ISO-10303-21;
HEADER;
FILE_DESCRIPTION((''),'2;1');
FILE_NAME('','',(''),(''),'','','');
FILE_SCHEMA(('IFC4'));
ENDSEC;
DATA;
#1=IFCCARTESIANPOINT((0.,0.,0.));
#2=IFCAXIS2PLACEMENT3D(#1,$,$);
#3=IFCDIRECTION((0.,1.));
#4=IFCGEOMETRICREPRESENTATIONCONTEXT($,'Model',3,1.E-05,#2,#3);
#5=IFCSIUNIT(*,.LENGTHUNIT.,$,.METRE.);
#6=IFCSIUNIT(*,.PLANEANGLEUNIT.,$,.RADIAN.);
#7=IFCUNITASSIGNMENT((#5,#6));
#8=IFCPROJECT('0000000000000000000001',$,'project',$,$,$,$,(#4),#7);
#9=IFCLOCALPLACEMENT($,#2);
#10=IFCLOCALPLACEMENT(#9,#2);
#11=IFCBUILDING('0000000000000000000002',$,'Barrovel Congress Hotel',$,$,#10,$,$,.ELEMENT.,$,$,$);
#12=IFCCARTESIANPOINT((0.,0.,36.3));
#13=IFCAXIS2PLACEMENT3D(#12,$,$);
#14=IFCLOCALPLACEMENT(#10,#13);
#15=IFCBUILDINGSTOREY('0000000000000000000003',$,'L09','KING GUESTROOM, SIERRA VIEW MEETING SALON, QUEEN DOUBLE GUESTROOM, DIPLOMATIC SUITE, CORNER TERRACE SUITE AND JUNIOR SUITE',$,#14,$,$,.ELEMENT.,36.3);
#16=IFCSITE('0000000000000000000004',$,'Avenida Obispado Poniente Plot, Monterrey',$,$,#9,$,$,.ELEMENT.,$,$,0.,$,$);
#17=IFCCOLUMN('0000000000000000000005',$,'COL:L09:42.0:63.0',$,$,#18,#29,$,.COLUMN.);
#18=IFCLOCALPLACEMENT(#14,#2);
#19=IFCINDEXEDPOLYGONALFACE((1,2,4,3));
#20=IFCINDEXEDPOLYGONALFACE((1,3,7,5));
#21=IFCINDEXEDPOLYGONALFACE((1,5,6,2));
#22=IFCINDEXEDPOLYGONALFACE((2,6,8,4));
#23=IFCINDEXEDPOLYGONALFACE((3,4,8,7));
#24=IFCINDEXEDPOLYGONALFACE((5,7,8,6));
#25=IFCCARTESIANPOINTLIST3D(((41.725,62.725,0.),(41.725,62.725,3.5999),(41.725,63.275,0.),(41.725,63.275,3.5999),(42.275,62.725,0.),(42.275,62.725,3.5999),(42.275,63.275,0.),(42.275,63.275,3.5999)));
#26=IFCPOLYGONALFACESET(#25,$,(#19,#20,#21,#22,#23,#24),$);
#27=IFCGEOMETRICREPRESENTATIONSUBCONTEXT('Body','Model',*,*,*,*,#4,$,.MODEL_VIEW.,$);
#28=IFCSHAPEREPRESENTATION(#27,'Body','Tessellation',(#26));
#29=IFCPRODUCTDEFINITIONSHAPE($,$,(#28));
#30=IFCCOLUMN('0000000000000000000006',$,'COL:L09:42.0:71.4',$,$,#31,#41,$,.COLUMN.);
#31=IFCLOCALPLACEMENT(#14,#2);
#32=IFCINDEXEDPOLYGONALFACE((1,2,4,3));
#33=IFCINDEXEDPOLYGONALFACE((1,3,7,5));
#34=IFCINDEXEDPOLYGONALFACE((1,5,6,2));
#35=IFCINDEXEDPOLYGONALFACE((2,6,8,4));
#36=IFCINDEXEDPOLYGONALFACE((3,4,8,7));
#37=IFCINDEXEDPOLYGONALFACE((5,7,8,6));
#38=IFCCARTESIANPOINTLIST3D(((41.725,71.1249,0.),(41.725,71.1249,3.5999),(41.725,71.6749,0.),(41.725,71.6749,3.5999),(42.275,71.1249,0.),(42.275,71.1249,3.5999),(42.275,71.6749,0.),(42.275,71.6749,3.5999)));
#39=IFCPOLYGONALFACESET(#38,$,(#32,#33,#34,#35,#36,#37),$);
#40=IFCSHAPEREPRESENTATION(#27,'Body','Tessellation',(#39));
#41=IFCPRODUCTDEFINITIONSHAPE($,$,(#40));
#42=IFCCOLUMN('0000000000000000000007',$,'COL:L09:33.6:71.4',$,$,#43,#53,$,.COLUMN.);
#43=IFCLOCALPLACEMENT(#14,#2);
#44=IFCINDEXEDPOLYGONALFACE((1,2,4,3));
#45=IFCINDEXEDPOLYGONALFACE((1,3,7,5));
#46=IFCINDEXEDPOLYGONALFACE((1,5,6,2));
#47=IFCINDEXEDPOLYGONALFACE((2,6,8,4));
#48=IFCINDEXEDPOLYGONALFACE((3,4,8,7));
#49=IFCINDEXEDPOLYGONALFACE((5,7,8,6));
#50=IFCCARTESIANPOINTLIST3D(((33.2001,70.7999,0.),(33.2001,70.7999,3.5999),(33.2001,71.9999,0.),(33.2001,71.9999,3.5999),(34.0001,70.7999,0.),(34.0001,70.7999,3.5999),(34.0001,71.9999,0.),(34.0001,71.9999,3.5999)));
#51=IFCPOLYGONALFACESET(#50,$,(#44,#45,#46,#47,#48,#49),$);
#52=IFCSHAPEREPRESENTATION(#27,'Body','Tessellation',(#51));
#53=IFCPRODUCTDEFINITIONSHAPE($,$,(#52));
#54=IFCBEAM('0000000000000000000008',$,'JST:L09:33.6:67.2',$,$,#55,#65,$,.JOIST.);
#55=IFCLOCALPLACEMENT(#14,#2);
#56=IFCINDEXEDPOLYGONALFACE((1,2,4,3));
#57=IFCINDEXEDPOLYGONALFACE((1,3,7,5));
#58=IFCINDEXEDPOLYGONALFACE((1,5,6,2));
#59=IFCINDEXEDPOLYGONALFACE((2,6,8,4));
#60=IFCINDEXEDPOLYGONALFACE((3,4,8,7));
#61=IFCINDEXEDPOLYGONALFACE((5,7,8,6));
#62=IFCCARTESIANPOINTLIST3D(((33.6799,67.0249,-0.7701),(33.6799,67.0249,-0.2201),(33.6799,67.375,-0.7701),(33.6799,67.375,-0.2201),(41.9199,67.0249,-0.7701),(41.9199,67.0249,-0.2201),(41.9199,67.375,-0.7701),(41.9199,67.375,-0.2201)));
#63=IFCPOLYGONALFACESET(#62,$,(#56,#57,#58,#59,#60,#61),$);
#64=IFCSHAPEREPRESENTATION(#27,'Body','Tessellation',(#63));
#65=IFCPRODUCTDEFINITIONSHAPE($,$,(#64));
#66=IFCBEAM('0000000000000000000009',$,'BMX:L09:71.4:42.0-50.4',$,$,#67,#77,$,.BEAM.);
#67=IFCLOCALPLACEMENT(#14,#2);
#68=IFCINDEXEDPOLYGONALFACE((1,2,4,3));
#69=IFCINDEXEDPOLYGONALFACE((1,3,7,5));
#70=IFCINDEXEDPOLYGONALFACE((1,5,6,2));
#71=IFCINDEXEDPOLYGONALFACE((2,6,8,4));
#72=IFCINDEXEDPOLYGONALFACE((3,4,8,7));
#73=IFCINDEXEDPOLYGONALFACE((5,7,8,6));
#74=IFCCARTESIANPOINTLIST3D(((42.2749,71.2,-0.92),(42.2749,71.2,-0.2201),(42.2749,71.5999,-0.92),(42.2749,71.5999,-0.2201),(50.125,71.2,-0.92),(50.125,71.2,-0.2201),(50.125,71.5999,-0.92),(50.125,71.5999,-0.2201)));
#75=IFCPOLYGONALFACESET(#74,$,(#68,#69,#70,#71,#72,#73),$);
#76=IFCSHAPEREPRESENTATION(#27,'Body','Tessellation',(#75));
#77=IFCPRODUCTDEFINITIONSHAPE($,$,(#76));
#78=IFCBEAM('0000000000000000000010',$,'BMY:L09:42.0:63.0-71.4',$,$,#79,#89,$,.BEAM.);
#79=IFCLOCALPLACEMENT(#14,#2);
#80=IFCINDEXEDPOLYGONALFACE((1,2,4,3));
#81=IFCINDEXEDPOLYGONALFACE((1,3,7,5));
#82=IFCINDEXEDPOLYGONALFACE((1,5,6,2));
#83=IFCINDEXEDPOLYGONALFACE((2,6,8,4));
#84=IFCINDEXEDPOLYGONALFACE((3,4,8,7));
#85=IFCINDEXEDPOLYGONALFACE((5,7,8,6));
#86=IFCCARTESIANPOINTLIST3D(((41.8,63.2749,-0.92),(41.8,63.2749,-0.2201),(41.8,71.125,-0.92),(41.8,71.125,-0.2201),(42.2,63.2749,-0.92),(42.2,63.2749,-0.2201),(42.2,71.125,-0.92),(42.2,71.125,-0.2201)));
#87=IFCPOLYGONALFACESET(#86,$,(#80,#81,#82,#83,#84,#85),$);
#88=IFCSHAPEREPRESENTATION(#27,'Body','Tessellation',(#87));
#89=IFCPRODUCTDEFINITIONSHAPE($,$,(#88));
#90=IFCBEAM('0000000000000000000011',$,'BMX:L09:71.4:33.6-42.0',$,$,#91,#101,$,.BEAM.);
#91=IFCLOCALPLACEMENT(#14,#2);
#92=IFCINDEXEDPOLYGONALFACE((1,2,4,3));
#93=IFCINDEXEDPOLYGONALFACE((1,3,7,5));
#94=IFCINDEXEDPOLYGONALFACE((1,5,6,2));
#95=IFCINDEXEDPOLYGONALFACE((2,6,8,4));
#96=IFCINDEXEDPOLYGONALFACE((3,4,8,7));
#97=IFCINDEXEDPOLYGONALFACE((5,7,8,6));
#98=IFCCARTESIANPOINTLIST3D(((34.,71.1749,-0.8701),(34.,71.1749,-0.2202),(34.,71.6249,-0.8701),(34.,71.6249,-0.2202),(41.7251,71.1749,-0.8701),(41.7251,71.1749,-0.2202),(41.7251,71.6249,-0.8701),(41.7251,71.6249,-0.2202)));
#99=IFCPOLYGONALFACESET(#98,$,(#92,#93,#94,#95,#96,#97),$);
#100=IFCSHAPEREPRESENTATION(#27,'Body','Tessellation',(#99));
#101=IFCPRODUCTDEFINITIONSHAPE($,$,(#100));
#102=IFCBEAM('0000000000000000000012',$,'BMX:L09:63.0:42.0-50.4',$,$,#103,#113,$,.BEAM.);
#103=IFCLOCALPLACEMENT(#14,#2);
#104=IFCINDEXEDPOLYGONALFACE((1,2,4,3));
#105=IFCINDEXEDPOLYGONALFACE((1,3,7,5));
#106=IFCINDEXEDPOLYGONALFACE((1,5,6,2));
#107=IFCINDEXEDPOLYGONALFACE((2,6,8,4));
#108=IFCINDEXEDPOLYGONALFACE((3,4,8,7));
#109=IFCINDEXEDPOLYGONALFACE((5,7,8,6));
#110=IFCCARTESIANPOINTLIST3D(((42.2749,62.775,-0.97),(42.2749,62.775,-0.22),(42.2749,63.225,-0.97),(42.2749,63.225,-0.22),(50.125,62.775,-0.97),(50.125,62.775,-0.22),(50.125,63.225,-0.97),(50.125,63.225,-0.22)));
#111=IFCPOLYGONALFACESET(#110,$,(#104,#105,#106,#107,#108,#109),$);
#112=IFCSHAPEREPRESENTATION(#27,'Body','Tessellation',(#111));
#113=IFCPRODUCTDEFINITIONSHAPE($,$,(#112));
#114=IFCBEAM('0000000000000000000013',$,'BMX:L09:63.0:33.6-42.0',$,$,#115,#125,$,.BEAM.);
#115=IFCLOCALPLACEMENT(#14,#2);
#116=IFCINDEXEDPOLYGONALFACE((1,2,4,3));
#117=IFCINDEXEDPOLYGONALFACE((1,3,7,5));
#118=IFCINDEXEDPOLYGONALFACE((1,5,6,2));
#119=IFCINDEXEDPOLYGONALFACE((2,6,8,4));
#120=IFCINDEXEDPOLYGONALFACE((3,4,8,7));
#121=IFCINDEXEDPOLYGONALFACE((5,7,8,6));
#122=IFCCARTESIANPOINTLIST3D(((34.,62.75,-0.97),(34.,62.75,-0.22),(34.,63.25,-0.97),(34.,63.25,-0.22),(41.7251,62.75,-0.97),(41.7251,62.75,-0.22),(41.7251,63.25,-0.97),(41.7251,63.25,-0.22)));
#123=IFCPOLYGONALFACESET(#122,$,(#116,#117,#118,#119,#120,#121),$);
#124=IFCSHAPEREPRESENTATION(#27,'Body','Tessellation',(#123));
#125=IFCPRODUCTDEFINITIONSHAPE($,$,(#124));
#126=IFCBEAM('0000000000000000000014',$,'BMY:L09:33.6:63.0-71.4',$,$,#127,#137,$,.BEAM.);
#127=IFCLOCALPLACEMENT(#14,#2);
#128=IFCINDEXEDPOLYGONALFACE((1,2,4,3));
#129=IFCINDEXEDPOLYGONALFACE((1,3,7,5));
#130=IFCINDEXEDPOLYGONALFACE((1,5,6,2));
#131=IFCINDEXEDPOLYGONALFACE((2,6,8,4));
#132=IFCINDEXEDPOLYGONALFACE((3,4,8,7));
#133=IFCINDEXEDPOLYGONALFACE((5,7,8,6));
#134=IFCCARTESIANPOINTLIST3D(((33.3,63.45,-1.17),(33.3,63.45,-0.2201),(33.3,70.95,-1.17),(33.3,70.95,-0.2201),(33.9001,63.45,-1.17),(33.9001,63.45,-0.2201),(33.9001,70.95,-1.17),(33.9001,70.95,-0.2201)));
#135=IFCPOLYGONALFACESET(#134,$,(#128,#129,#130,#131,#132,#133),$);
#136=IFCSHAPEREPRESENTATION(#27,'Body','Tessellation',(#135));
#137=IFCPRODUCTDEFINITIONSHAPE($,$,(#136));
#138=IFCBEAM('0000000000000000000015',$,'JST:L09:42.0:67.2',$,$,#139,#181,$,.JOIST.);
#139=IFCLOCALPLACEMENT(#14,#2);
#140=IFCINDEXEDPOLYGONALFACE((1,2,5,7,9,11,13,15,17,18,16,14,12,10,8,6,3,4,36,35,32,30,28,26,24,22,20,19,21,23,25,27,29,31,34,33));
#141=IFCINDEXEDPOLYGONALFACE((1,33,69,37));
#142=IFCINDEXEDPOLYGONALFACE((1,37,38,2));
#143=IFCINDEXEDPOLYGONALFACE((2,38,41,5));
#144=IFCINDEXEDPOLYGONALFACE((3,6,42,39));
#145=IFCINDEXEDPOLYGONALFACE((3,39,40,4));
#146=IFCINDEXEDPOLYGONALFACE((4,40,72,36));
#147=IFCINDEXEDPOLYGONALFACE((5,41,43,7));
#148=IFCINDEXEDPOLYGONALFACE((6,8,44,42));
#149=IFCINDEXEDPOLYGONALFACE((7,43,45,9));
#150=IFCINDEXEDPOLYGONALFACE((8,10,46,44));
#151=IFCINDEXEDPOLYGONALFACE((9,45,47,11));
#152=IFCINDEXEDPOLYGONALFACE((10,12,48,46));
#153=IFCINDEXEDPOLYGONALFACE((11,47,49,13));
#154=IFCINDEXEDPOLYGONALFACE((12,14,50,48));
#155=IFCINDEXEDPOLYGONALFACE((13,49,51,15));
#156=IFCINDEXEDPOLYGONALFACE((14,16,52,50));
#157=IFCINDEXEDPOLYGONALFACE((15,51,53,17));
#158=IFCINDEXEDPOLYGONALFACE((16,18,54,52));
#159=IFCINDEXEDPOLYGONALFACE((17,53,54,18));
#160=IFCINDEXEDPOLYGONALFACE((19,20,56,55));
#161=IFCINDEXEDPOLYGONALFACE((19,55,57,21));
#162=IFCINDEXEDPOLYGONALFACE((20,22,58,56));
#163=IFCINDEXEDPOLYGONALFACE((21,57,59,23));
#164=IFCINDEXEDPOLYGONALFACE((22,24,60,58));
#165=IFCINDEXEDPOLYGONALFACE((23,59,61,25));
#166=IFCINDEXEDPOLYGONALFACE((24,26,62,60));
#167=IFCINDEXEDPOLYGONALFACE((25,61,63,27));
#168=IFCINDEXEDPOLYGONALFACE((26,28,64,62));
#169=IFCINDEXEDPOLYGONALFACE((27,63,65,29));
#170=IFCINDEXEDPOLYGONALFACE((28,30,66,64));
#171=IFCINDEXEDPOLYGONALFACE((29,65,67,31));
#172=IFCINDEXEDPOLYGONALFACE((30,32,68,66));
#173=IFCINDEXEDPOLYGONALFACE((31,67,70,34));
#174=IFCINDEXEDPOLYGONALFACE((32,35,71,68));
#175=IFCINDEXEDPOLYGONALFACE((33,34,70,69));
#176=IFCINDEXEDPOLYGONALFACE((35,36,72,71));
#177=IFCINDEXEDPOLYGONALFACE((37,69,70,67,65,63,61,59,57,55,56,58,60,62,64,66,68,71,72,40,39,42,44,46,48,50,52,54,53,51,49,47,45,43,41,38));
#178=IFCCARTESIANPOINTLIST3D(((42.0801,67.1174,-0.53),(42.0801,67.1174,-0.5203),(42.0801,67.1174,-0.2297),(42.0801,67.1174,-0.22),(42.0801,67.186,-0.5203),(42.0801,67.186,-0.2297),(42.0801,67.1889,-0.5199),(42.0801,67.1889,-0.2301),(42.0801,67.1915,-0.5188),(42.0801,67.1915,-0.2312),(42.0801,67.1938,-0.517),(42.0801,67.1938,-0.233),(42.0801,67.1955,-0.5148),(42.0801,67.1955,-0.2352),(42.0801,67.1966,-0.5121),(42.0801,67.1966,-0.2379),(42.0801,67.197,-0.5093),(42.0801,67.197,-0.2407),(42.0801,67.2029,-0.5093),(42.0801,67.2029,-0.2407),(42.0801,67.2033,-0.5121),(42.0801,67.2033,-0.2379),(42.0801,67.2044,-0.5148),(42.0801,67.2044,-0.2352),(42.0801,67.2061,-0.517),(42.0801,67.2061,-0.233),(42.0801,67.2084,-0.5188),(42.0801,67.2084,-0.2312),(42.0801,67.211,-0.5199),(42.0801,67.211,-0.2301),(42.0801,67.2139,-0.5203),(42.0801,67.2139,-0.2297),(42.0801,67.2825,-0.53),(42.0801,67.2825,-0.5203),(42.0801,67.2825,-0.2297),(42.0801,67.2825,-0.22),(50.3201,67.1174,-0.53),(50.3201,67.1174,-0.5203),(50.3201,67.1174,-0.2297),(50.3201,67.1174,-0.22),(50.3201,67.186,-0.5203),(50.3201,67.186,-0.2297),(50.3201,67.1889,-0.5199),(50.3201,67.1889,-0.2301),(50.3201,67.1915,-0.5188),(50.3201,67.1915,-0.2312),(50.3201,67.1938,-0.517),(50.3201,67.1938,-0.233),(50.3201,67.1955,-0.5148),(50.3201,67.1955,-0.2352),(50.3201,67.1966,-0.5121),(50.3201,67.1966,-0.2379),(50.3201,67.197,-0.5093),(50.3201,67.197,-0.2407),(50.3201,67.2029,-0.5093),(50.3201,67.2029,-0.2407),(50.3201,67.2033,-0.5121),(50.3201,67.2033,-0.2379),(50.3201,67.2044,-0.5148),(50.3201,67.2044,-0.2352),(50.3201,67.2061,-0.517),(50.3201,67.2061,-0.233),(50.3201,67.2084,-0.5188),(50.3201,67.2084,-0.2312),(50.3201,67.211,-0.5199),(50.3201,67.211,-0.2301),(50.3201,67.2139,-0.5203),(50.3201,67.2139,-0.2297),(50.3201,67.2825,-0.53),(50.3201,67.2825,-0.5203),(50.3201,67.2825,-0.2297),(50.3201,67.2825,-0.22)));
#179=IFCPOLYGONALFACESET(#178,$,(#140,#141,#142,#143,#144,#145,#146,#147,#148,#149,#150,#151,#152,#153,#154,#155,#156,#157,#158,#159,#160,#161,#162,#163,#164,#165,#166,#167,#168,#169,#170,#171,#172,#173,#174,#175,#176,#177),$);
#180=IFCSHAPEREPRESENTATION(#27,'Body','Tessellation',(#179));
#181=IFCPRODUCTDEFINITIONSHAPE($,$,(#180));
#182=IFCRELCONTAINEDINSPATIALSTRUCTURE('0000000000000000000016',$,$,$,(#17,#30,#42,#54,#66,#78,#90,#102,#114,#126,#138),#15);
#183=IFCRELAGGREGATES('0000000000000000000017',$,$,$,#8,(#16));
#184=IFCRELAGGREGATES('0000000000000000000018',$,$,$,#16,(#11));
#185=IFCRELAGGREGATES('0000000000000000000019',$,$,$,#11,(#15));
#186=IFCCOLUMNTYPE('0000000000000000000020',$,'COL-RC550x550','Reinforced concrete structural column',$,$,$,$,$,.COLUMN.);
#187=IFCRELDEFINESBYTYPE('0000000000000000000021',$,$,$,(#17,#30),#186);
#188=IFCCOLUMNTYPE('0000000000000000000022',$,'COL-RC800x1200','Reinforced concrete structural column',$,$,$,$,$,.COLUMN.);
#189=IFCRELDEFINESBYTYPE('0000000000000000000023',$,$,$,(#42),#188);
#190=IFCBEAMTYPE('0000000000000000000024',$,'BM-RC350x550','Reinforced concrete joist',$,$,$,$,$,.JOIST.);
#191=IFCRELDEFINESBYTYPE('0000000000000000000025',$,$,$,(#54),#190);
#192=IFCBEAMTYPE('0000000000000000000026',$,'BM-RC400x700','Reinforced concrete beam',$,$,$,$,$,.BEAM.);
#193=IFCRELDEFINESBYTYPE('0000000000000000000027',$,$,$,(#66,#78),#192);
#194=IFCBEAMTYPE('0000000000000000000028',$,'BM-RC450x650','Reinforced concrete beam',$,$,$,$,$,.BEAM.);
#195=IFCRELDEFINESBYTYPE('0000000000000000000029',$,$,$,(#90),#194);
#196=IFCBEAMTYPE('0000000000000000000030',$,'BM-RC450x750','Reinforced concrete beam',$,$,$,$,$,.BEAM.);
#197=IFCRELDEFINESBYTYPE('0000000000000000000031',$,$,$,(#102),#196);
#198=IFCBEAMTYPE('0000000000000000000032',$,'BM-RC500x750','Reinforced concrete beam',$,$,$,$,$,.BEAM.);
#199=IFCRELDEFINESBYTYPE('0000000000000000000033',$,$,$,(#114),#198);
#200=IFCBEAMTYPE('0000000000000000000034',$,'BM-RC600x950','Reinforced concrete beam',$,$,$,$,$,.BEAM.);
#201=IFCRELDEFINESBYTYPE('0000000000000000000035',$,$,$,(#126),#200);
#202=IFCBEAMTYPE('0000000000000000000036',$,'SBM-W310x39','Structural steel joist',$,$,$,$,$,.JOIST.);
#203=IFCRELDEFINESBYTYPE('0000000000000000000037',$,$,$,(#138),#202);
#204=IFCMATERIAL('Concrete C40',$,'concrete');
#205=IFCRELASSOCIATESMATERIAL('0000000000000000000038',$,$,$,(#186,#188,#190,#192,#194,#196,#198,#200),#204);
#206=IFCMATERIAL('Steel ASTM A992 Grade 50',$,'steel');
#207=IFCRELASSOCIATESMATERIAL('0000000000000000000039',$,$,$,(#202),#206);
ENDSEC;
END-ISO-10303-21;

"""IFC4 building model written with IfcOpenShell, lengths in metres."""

from ifc_helpers import new_model, si_unit, direction, frame, origin, origin_2d, place, context, subcontext, project, spatial, rectangle, i_section, extrude, material, material_profile, profile_set, type_object, element, save


model = new_model("IFC4")

# Units and contexts
model_context = context("Model", 3, precision=1e-05, world=origin(), true_north=direction((0.0, 1.0)))
body_context = subcontext(model_context, "Body", "Model", "MODEL_VIEW")
ifc_project = project(units=[si_unit("LENGTHUNIT", "METRE"), si_unit("PLANEANGLEUNIT", "RADIAN")], contexts=[model_context])

# Site, building, storey
site_placement = place(None, origin())
site = spatial("IfcSite", under=ifc_project, at=site_placement, Name="Avenida Obispado Poniente Plot, Monterrey", CompositionType="ELEMENT", RefElevation=0.0)
building_placement = place(site_placement, origin())
building = spatial("IfcBuilding", under=site, at=building_placement, Name="Barrovel Congress Hotel", CompositionType="ELEMENT")
storey_placement = place(building_placement, frame((0.0, 0.0, 36.3)))
storey = spatial("IfcBuildingStorey", under=building, at=storey_placement, Name="L09", Description="KING GUESTROOM, SIERRA VIEW MEETING SALON, QUEEN DOUBLE GUESTROOM, DIPLOMATIC SUITE, CORNER TERRACE SUITE AND JUNIOR SUITE", CompositionType="ELEMENT", Elevation=36.3)

# Columns
ifc_material_1 = material(Name="Concrete C40", Category="concrete")
ifc_material_profile_1 = material_profile(ifc_material_1, rectangle(XDim=0.55, YDim=0.55, at=origin_2d()), Name="RC550x550")
ifc_profile_set_1 = profile_set([ifc_material_profile_1], Name="Concrete C40")
column_type_1 = type_object("IfcColumnType", Name="COL-RC550x550", Description="Reinforced concrete structural column", PredefinedType="COLUMN", material=ifc_profile_set_1)
for number, where, z_axis, x_axis, name in (
    (1, (42.0, 63.0, 0.0), (0.0, 0.0, 1.0), (1.0, 0.0, 0.0), "COL:L09:42.0:63.0"),
    (2, (42.0, 71.3999, 0.0), (0.0, 0.0, 1.0), (1.0, 0.0, 0.0), "COL:L09:42.0:71.4"),
):
    element("IfcColumn", number, at=place(storey_placement, frame(where, z_axis=z_axis, x_axis=x_axis)), inside=storey, type_object=column_type_1, Name=name, PredefinedType="COLUMN", context=body_context, shape_type="SweptSolid", body=[
        extrude(rectangle(XDim=0.55, YDim=0.55, at=origin_2d()), origin(), (0.0, 0.0, 1.0), 3.5999),
    ])
ifc_material_profile_2 = material_profile(ifc_material_1, rectangle(XDim=0.8, YDim=1.2, at=origin_2d()), Name="RC800x1200")
ifc_profile_set_2 = profile_set([ifc_material_profile_2], Name="Concrete C40")
column_type_2 = type_object("IfcColumnType", Name="COL-RC800x1200", Description="Reinforced concrete structural column", PredefinedType="COLUMN", material=ifc_profile_set_2)
column_placement = place(storey_placement, frame((33.6001, 71.3999, 0.0), z_axis=(0.0, 0.0, 1.0), x_axis=(1.0, 0.0, 0.0)))
element("IfcColumn", 3, at=column_placement, inside=storey, type_object=column_type_2, Name="COL:L09:33.6:71.4", PredefinedType="COLUMN", context=body_context, shape_type="SweptSolid", body=[
    extrude(rectangle(XDim=0.8, YDim=1.2, at=origin_2d()), origin(), (0.0, 0.0, 1.0), 3.5999),
])

# Beams
ifc_material_profile_3 = material_profile(ifc_material_1, rectangle(XDim=0.3501, YDim=0.55, at=origin_2d()), Name="RC350x550")
ifc_profile_set_3 = profile_set([ifc_material_profile_3], Name="Concrete C40")
beam_type_1 = type_object("IfcBeamType", Name="BM-RC350x550", Description="Reinforced concrete joist", PredefinedType="JOIST", material=ifc_profile_set_3)
beam_1_placement = place(storey_placement, frame((33.6799, 67.2, -0.4951), z_axis=(1.0, 0.0, 0.0), x_axis=(0.0, 1.0, 0.0)))
element("IfcBeam", 4, at=beam_1_placement, inside=storey, type_object=beam_type_1, Name="JST:L09:33.6:67.2", PredefinedType="JOIST", context=body_context, shape_type="SweptSolid", body=[
    extrude(rectangle(XDim=0.3501, YDim=0.55, at=origin_2d()), origin(), (0.0, 0.0, 1.0), 8.24),
])
ifc_material_profile_4 = material_profile(ifc_material_1, rectangle(XDim=0.3999, YDim=0.7, at=origin_2d()), Name="RC400x700")
ifc_profile_set_4 = profile_set([ifc_material_profile_4], Name="Concrete C40")
beam_type_2 = type_object("IfcBeamType", Name="BM-RC400x700", Description="Reinforced concrete beam", PredefinedType="BEAM", material=ifc_profile_set_4)
for number, where, z_axis, x_axis, name in (
    (5, (42.2749, 71.3999, -0.5701), (1.0, 0.0, 0.0), (0.0, 1.0, 0.0), "BMX:L09:71.4:42.0-50.4"),
    (6, (42.0, 63.2749, -0.5701), (0.0, 1.0, 0.0), (-1.0, 0.0, 0.0), "BMY:L09:42.0:63.0-71.4"),
):
    element("IfcBeam", number, at=place(storey_placement, frame(where, z_axis=z_axis, x_axis=x_axis)), inside=storey, type_object=beam_type_2, Name=name, PredefinedType="BEAM", context=body_context, shape_type="SweptSolid", body=[
        extrude(rectangle(XDim=0.3999, YDim=0.7, at=origin_2d()), origin(), (0.0, 0.0, 1.0), 7.8501),
    ])
ifc_material_profile_5 = material_profile(ifc_material_1, rectangle(XDim=0.45, YDim=0.6499, at=origin_2d()), Name="RC450x650")
ifc_profile_set_5 = profile_set([ifc_material_profile_5], Name="Concrete C40")
beam_type_3 = type_object("IfcBeamType", Name="BM-RC450x650", Description="Reinforced concrete beam", PredefinedType="BEAM", material=ifc_profile_set_5)
beam_2_placement = place(storey_placement, frame((34.0, 71.3999, -0.5452), z_axis=(1.0, 0.0, 0.0), x_axis=(0.0, 1.0, 0.0)))
element("IfcBeam", 7, at=beam_2_placement, inside=storey, type_object=beam_type_3, Name="BMX:L09:71.4:33.6-42.0", PredefinedType="BEAM", context=body_context, shape_type="SweptSolid", body=[
    extrude(rectangle(XDim=0.45, YDim=0.6499, at=origin_2d()), origin(), (0.0, 0.0, 1.0), 7.7251),
])
ifc_material_profile_6 = material_profile(ifc_material_1, rectangle(XDim=0.45, YDim=0.75, at=origin_2d()), Name="RC450x750")
ifc_profile_set_6 = profile_set([ifc_material_profile_6], Name="Concrete C40")
beam_type_4 = type_object("IfcBeamType", Name="BM-RC450x750", Description="Reinforced concrete beam", PredefinedType="BEAM", material=ifc_profile_set_6)
beam_3_placement = place(storey_placement, frame((42.2749, 63.0, -0.595), z_axis=(1.0, 0.0, 0.0), x_axis=(0.0, 1.0, 0.0)))
element("IfcBeam", 8, at=beam_3_placement, inside=storey, type_object=beam_type_4, Name="BMX:L09:63.0:42.0-50.4", PredefinedType="BEAM", context=body_context, shape_type="SweptSolid", body=[
    extrude(rectangle(XDim=0.45, YDim=0.75, at=origin_2d()), origin(), (0.0, 0.0, 1.0), 7.8501),
])
ifc_material_profile_7 = material_profile(ifc_material_1, rectangle(XDim=0.5, YDim=0.75, at=origin_2d()), Name="RC500x750")
ifc_profile_set_7 = profile_set([ifc_material_profile_7], Name="Concrete C40")
beam_type_5 = type_object("IfcBeamType", Name="BM-RC500x750", Description="Reinforced concrete beam", PredefinedType="BEAM", material=ifc_profile_set_7)
beam_4_placement = place(storey_placement, frame((34.0, 63.0, -0.595), z_axis=(1.0, 0.0, 0.0), x_axis=(0.0, 1.0, 0.0)))
element("IfcBeam", 9, at=beam_4_placement, inside=storey, type_object=beam_type_5, Name="BMX:L09:63.0:33.6-42.0", PredefinedType="BEAM", context=body_context, shape_type="SweptSolid", body=[
    extrude(rectangle(XDim=0.5, YDim=0.75, at=origin_2d()), origin(), (0.0, 0.0, 1.0), 7.7251),
])
ifc_material_profile_8 = material_profile(ifc_material_1, rectangle(XDim=0.6001, YDim=0.95, at=origin_2d()), Name="RC600x950")
ifc_profile_set_8 = profile_set([ifc_material_profile_8], Name="Concrete C40")
beam_type_6 = type_object("IfcBeamType", Name="BM-RC600x950", Description="Reinforced concrete beam", PredefinedType="BEAM", material=ifc_profile_set_8)
beam_5_placement = place(storey_placement, frame((33.6001, 63.45, -0.6951), z_axis=(0.0, 1.0, 0.0), x_axis=(-1.0, 0.0, 0.0)))
element("IfcBeam", 10, at=beam_5_placement, inside=storey, type_object=beam_type_6, Name="BMY:L09:33.6:63.0-71.4", PredefinedType="BEAM", context=body_context, shape_type="SweptSolid", body=[
    extrude(rectangle(XDim=0.6001, YDim=0.95, at=origin_2d()), origin(), (0.0, 0.0, 1.0), 7.5),
])
ifc_material_2 = material(Name="Steel ASTM A992 Grade 50", Category="steel")
ifc_material_profile_9 = material_profile(ifc_material_2, i_section(OverallWidth=0.165, OverallDepth=0.3101, WebThickness=0.0059, FlangeThickness=0.0098, FilletRadius=0.011, at=origin_2d()), Name="W310x39")
ifc_profile_set_9 = profile_set([ifc_material_profile_9], Name="Steel ASTM A992 Grade 50")
beam_type_7 = type_object("IfcBeamType", Name="SBM-W310x39", Description="Structural steel joist", PredefinedType="JOIST", material=ifc_profile_set_9)
beam_6_placement = place(storey_placement, frame((42.0801, 67.2, -0.375), z_axis=(1.0, 0.0, 0.0), x_axis=(0.0, 1.0, 0.0)))
element("IfcBeam", 11, at=beam_6_placement, inside=storey, type_object=beam_type_7, Name="JST:L09:42.0:67.2", PredefinedType="JOIST", context=body_context, shape_type="SweptSolid", body=[
    extrude(i_section(OverallWidth=0.165, OverallDepth=0.3101, WebThickness=0.0059, FlangeThickness=0.0098, FilletRadius=0.011, at=origin_2d()), origin(), (0.0, 0.0, 1.0), 8.24),
])

save(model, "model.ifc")
